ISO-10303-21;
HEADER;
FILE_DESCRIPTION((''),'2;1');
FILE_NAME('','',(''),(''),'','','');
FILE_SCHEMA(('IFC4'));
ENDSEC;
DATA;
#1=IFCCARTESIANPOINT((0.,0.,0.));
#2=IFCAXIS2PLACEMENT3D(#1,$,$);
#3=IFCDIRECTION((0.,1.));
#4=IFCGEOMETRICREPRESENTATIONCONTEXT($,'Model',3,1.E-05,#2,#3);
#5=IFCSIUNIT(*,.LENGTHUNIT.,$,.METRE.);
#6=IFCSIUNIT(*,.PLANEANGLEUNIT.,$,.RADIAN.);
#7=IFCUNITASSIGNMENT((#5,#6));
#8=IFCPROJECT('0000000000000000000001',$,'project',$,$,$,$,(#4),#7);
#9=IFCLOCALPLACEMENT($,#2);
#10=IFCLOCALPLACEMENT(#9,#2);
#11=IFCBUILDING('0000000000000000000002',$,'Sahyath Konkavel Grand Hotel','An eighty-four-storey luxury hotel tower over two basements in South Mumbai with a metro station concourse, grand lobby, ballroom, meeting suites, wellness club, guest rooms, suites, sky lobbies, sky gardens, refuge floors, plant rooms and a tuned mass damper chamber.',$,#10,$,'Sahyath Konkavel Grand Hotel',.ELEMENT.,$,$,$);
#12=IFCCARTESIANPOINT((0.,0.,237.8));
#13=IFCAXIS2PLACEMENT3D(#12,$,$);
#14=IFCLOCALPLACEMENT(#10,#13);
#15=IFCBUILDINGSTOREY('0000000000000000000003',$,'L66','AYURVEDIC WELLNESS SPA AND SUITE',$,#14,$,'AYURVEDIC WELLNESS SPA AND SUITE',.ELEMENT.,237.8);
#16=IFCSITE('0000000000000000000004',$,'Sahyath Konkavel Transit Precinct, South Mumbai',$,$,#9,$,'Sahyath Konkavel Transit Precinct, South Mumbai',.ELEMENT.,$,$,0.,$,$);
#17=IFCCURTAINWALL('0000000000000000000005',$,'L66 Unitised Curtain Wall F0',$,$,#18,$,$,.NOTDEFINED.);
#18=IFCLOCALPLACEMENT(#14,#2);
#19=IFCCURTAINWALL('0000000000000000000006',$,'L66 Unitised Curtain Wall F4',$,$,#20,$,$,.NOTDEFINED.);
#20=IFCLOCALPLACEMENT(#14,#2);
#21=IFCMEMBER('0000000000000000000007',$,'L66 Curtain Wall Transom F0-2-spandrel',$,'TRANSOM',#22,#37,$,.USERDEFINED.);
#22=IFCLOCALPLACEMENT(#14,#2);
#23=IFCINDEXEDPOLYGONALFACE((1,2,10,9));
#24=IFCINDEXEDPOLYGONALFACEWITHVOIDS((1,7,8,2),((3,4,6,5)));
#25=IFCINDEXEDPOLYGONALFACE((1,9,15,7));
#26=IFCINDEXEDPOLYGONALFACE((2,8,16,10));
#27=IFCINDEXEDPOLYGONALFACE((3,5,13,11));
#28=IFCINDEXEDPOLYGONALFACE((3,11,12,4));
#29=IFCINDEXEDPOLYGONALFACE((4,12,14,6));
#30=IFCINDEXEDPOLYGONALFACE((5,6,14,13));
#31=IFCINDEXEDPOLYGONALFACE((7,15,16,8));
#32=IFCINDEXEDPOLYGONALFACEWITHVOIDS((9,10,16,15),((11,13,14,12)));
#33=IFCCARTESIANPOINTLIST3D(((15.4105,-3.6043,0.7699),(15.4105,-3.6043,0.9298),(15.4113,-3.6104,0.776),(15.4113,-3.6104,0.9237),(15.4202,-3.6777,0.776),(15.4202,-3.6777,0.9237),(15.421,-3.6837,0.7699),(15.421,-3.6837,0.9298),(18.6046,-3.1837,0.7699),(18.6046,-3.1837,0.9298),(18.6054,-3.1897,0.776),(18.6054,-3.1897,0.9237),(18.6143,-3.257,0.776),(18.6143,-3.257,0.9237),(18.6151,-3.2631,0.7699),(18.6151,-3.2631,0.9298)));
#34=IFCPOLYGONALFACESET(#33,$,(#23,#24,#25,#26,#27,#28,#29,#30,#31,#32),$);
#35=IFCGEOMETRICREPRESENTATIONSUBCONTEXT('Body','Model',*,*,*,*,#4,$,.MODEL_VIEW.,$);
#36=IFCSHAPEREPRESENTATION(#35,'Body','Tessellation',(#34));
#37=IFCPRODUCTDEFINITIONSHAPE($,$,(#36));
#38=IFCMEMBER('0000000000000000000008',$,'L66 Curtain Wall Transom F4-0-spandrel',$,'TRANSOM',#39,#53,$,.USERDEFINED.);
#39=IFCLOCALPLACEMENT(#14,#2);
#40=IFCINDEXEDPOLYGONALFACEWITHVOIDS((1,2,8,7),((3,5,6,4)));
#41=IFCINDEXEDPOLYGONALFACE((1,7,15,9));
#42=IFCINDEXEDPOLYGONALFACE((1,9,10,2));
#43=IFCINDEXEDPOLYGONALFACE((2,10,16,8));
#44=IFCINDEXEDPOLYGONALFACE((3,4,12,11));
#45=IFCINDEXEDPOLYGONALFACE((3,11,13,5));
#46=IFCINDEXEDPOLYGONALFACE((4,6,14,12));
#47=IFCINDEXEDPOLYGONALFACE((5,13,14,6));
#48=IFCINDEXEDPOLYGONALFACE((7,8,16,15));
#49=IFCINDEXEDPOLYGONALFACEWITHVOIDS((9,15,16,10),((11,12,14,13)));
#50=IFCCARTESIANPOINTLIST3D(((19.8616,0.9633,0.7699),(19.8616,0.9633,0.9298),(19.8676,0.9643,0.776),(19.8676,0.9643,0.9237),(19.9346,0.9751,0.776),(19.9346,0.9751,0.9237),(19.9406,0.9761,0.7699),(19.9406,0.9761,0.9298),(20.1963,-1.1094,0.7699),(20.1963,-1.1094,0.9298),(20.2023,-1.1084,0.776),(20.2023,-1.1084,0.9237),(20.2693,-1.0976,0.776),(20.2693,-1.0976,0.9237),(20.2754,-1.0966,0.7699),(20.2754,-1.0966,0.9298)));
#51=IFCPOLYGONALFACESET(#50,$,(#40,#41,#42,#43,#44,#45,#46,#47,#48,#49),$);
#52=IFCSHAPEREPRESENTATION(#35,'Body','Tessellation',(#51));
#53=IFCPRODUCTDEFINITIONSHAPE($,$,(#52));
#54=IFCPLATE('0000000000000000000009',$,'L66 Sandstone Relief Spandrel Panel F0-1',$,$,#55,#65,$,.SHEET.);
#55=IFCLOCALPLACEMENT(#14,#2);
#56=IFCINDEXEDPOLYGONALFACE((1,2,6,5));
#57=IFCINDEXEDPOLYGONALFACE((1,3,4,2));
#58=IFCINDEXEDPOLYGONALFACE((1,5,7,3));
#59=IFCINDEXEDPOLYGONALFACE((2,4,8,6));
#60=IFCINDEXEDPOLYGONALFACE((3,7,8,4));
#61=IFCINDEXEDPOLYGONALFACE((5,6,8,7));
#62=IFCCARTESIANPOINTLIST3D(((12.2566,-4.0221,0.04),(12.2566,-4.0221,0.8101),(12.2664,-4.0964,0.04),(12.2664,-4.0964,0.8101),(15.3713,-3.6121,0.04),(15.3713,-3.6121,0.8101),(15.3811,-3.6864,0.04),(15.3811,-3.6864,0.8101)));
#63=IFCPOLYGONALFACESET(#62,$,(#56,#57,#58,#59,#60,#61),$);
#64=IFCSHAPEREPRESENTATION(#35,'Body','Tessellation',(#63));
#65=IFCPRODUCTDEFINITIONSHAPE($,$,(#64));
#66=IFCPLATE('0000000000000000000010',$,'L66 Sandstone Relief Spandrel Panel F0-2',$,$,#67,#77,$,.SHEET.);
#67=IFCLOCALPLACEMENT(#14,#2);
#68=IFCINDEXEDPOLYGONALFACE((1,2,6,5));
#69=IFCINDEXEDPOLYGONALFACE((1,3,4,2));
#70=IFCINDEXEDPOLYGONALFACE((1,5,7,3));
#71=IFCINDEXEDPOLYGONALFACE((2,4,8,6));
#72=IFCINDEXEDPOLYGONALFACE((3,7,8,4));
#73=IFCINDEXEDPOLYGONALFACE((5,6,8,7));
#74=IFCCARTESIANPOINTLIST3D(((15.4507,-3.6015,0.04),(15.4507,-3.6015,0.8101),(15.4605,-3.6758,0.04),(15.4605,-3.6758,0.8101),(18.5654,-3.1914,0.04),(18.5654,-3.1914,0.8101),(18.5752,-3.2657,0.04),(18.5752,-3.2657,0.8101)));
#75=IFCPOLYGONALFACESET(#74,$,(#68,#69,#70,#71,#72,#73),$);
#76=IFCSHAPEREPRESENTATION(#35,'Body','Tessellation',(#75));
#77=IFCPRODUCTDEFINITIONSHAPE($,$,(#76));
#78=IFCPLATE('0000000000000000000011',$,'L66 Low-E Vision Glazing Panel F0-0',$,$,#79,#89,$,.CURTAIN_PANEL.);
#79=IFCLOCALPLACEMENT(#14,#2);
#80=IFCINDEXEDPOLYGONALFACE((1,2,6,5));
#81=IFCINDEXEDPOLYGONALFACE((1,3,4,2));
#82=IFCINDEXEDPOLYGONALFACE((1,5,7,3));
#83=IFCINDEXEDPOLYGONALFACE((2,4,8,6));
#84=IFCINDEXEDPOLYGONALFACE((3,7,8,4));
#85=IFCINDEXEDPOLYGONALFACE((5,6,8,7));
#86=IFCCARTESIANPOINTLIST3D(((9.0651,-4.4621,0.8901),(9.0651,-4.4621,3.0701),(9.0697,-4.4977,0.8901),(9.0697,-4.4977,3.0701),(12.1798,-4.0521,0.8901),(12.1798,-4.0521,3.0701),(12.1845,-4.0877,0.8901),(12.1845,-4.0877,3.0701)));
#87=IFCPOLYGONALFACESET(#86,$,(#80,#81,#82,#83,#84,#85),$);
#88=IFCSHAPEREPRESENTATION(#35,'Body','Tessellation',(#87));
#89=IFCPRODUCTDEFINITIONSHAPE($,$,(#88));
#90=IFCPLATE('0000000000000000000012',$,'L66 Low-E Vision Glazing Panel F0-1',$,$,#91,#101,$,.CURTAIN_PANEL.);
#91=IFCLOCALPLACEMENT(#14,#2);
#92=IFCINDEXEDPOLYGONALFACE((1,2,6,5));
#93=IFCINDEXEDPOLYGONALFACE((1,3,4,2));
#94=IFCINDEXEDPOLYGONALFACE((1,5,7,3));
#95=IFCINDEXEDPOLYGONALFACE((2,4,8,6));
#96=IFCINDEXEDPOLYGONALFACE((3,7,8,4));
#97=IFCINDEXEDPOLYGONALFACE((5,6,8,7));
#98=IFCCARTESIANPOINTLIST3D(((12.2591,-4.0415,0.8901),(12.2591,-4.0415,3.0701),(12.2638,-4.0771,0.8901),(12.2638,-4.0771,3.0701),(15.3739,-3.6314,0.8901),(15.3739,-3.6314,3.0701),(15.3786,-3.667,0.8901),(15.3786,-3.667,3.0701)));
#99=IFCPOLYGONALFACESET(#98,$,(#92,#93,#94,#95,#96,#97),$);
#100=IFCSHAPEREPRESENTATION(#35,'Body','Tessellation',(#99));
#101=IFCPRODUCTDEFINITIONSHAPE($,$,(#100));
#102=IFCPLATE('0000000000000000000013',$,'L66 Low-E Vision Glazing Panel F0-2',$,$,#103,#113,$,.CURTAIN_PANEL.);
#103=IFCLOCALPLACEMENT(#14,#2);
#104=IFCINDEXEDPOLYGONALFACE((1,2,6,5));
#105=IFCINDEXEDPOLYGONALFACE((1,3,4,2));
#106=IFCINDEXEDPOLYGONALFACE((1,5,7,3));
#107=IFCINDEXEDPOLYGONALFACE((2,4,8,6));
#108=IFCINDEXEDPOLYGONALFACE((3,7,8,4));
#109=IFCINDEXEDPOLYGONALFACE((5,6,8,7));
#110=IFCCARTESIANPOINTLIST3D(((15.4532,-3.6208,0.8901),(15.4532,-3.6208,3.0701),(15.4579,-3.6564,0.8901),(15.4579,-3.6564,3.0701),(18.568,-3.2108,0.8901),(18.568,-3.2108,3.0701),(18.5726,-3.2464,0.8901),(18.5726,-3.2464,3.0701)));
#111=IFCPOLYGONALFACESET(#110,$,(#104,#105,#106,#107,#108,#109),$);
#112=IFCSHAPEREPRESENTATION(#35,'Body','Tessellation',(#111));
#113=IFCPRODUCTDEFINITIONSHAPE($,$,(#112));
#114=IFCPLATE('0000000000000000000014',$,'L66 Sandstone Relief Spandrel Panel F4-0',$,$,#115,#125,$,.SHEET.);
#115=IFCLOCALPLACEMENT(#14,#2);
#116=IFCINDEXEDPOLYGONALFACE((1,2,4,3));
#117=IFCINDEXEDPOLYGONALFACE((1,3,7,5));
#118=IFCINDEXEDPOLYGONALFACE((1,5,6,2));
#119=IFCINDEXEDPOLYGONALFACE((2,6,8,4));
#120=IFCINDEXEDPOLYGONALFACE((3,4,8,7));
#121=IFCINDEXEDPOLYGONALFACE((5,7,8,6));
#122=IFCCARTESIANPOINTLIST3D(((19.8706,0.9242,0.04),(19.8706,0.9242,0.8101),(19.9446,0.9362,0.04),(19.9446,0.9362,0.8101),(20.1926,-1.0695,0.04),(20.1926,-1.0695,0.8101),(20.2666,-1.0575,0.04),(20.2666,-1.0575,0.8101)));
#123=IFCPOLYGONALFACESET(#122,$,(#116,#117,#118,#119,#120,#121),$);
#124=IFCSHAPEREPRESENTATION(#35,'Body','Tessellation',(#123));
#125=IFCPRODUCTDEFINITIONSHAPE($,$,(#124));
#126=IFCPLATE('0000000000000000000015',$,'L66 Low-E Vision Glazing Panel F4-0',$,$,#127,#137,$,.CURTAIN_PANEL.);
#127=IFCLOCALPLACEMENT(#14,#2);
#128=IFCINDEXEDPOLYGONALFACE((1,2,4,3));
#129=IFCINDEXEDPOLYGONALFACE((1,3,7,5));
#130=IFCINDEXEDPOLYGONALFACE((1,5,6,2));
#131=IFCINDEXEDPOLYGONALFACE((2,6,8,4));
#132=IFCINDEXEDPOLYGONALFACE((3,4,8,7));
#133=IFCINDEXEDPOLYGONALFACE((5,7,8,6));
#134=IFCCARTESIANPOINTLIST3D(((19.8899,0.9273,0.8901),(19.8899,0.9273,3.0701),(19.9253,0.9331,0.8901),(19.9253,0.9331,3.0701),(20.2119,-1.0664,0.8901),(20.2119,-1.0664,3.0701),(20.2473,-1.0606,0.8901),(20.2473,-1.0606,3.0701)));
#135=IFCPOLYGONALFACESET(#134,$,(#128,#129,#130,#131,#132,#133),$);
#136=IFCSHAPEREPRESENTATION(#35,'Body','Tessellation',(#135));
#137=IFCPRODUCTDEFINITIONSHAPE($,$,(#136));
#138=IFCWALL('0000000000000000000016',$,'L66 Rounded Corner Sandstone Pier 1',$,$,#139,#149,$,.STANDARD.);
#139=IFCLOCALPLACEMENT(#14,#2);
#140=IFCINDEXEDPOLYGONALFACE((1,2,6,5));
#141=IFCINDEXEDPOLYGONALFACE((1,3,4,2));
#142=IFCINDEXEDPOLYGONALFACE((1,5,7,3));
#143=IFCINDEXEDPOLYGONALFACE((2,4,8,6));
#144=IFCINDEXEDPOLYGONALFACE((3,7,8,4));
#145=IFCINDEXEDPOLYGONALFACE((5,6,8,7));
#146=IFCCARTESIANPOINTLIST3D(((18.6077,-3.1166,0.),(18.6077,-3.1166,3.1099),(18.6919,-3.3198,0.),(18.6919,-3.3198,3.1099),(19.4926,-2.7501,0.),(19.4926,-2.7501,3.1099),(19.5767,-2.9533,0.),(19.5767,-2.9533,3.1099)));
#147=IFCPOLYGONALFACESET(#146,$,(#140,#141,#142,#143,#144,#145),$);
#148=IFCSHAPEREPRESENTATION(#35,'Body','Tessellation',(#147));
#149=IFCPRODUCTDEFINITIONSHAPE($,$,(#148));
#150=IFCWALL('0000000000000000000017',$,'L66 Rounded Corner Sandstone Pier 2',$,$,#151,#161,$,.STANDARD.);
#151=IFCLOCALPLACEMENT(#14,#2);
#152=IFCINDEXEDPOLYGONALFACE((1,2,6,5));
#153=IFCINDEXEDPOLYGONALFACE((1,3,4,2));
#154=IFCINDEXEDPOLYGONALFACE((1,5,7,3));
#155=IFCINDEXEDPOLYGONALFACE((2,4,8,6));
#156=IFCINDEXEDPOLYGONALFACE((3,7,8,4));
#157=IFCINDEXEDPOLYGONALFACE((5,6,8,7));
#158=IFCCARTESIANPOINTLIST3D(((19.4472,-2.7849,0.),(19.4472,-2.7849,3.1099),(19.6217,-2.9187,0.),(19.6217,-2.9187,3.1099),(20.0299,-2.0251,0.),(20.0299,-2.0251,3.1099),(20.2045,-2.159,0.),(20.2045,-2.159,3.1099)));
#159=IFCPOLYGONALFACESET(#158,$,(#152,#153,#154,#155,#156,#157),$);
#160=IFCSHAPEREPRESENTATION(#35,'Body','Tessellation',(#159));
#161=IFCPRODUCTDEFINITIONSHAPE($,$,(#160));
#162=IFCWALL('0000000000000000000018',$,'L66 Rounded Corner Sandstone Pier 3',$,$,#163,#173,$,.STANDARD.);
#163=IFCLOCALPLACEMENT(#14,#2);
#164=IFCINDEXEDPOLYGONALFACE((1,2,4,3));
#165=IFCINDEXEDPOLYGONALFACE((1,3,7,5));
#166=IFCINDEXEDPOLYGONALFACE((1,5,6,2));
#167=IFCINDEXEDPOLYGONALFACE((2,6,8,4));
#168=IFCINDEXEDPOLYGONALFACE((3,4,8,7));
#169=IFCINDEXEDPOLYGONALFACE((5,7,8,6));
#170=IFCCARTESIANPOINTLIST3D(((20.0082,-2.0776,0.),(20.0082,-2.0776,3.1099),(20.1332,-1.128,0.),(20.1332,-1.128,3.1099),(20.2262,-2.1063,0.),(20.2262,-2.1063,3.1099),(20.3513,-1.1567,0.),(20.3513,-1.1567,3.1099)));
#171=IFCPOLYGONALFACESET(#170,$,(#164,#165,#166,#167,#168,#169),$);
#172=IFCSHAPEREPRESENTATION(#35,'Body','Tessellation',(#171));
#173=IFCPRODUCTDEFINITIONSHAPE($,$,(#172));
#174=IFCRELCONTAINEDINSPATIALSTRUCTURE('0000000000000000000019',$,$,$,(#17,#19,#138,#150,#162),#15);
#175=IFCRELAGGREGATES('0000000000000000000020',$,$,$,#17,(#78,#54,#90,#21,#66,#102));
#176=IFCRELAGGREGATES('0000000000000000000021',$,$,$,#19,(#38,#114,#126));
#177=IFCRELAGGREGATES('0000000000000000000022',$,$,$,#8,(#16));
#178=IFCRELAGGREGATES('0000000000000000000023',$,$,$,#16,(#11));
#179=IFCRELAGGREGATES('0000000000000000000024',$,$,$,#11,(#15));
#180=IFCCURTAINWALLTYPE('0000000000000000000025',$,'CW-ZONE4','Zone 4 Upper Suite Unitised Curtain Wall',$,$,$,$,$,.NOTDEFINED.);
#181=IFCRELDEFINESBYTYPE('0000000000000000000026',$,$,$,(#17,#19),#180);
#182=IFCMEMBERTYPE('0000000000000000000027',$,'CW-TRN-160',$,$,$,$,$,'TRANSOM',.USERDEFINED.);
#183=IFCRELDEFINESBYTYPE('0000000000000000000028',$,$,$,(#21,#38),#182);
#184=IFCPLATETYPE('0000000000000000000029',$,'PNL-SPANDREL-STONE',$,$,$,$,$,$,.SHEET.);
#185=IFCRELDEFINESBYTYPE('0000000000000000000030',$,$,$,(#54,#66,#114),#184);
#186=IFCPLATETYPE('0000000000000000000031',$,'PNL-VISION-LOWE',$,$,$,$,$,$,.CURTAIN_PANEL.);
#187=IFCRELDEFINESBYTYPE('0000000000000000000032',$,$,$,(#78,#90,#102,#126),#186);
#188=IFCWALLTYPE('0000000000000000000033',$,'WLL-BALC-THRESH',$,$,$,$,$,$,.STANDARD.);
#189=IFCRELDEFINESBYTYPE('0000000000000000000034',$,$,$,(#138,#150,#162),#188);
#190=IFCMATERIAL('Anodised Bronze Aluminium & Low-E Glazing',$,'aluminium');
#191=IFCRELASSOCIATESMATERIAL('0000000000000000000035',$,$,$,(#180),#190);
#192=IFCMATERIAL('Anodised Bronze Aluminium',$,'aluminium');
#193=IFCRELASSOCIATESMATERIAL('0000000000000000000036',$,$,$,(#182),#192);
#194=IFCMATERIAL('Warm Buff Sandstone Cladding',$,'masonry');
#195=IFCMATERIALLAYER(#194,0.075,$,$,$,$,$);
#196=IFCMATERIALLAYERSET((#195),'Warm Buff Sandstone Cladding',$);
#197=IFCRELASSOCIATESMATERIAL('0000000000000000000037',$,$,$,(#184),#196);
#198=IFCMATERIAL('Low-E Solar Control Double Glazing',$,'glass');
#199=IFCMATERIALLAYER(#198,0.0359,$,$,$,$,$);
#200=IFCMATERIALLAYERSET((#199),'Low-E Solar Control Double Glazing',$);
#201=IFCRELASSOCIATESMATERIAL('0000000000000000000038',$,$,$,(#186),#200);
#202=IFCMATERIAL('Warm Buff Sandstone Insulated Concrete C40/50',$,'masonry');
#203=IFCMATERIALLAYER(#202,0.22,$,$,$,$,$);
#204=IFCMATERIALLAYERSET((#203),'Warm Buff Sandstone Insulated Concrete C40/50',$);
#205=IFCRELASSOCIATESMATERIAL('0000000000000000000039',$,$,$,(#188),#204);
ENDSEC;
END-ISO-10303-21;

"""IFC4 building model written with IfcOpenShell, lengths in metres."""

from ifc_helpers import new_model, si_unit, direction, frame, frame_2d, origin, origin_2d, place, context, subcontext, project, spatial, rectangle, hollow_rectangle, extrude, source, transform, mapped, material, layer, layer_set, material_profile, profile_set, type_object, element, aggregate, save


model = new_model("IFC4")

# Units and contexts
model_context = context("Model", 3, precision=1e-05, world=origin(), true_north=direction((0.0, 1.0)))
body_context = subcontext(model_context, "Body", "Model", "MODEL_VIEW")
ifc_project = project(units=[si_unit("LENGTHUNIT", "METRE"), si_unit("PLANEANGLEUNIT", "RADIAN")], contexts=[model_context])

# Site, building, storey
site_placement = place(None, origin())
site = spatial("IfcSite", under=ifc_project, at=site_placement, Name="Sahyath Konkavel Transit Precinct, South Mumbai", LongName="Sahyath Konkavel Transit Precinct, South Mumbai", CompositionType="ELEMENT", RefElevation=0.0)
building_placement = place(site_placement, origin())
building = spatial("IfcBuilding", under=site, at=building_placement, Name="Sahyath Konkavel Grand Hotel", Description="An eighty-four-storey luxury hotel tower over two basements in South Mumbai with a metro station concourse, grand lobby, ballroom, meeting suites, wellness club, guest rooms, suites, sky lobbies, sky gardens, refuge floors, plant rooms and a tuned mass damper chamber.", LongName="Sahyath Konkavel Grand Hotel", CompositionType="ELEMENT")
storey_placement = place(building_placement, frame((0.0, 0.0, 237.8)))
storey = spatial("IfcBuildingStorey", under=building, at=storey_placement, Name="L66", Description="AYURVEDIC WELLNESS SPA AND SUITE", LongName="AYURVEDIC WELLNESS SPA AND SUITE", CompositionType="ELEMENT", Elevation=237.8)

# Curtain wall
ifc_material_1 = material(Name="Anodised Bronze Aluminium & Low-E Glazing", Category="aluminium")
curtain_wall_type = type_object("IfcCurtainWallType", Name="CW-ZONE4", Description="Zone 4 Upper Suite Unitised Curtain Wall", PredefinedType="NOTDEFINED", material=ifc_material_1)
curtain_wall_1_placement = place(storey_placement, origin())
curtain_wall_1 = element("IfcCurtainWall", 1, at=curtain_wall_1_placement, inside=storey, type_object=curtain_wall_type, Name="L66 Unitised Curtain Wall F0", PredefinedType="NOTDEFINED")
ifc_material_2 = material(Name="Anodised Bronze Aluminium", Category="aluminium")

# Curtain wall
curtain_wall_2_placement = place(storey_placement, origin())
curtain_wall_2 = element("IfcCurtainWall", 2, at=curtain_wall_2_placement, inside=storey, type_object=curtain_wall_type, Name="L66 Unitised Curtain Wall F4", PredefinedType="NOTDEFINED")

# Members
ifc_material_profile_1 = material_profile(ifc_material_2, hollow_rectangle(XDim=0.0801, YDim=0.1599, WallThickness=0.0061, at=origin_2d()), Name="RHS 160x80x6")
ifc_profile_set_1 = profile_set([ifc_material_profile_1], Name="Anodised Bronze Aluminium")
member_type_1 = type_object("IfcMemberType", Name="CW-TRN-160", ElementType="TRANSOM", PredefinedType="USERDEFINED", material=ifc_profile_set_1)
shared_shape_1 = source(origin(), body_context, "Body", "SweptSolid", [
    extrude(hollow_rectangle(XDim=0.0801, YDim=0.1599, WallThickness=0.0061, at=origin_2d()), origin(), (0.0, 0.0, 1.0), 3.2217),
])
member_1_placement = place(storey_placement, frame((15.4158, -3.644, 0.8499), z_axis=(0.991439, 0.13057, 0.0), x_axis=(-0.13057, 0.991439, 0.0)))
member_1 = element("IfcMember", 3, at=member_1_placement, type_object=member_type_1, Name="L66 Curtain Wall Transom F0-2-spandrel", ObjectType="TRANSOM", PredefinedType="USERDEFINED", context=body_context, shape_type="MappedRepresentation", body=[
    mapped(shared_shape_1, transform((0.0, 0.0, 0.0), scale=1.0)),
])
shared_shape_2 = source(origin(), body_context, "Body", "SweptSolid", [
    extrude(hollow_rectangle(XDim=0.0801, YDim=0.1599, WallThickness=0.0061, at=origin_2d()), origin(), (0.0, 0.0, 1.0), 2.0996),
])
member_2_placement = place(storey_placement, frame((20.2358, -1.103, 0.8499), z_axis=(-0.159419, 0.987211, 0.0), x_axis=(-0.987211, -0.159419, 0.0)))
member_2 = element("IfcMember", 4, at=member_2_placement, type_object=member_type_1, Name="L66 Curtain Wall Transom F4-0-spandrel", ObjectType="TRANSOM", PredefinedType="USERDEFINED", context=body_context, shape_type="MappedRepresentation", body=[
    mapped(shared_shape_2, transform((0.0, 0.0, 0.0), scale=1.0)),
])

# Plates
ifc_material_3 = material(Name="Warm Buff Sandstone Cladding", Category="masonry")
ifc_layer_1 = layer(ifc_material_3, 0.075)
ifc_layer_set_1 = layer_set([ifc_layer_1], Name="Warm Buff Sandstone Cladding")
plate_type_1 = type_object("IfcPlateType", Name="PNL-SPANDREL-STONE", PredefinedType="SHEET", material=ifc_layer_set_1)
shared_shape_3 = source(origin(), body_context, "Body", "SweptSolid", [
    extrude(rectangle(XDim=3.1416, YDim=0.075, at=origin_2d()), origin(), (0.0, 0.0, 1.0), 0.77),
])
plate_1_placement = place(storey_placement, frame((13.8188, -3.8542, 0.04), z_axis=(0.0, 0.0, 1.0), x_axis=(0.991445, 0.130526, 0.0)))
plate_1 = element("IfcPlate", 5, at=plate_1_placement, type_object=plate_type_1, Name="L66 Sandstone Relief Spandrel Panel F0-1", PredefinedType="SHEET", context=body_context, shape_type="MappedRepresentation", body=[
    mapped(shared_shape_3, transform((0.0, 0.0, 0.0), scale=1.0)),
])
plate_2_placement = place(storey_placement, frame((17.0129, -3.4336, 0.04), z_axis=(0.0, 0.0, 1.0), x_axis=(0.991445, 0.130526, 0.0)))
plate_2 = element("IfcPlate", 6, at=plate_2_placement, type_object=plate_type_1, Name="L66 Sandstone Relief Spandrel Panel F0-2", PredefinedType="SHEET", context=body_context, shape_type="MappedRepresentation", body=[
    mapped(shared_shape_3, transform((0.0, 0.0, 0.0), scale=1.0)),
])
ifc_material_4 = material(Name="Low-E Solar Control Double Glazing", Category="glass")
ifc_layer_2 = layer(ifc_material_4, 0.0359)
ifc_layer_set_2 = layer_set([ifc_layer_2], Name="Low-E Solar Control Double Glazing")
plate_type_2 = type_object("IfcPlateType", Name="PNL-VISION-LOWE", PredefinedType="CURTAIN_PANEL", material=ifc_layer_set_2)
shared_shape_4 = source(origin(), body_context, "Body", "SweptSolid", [
    extrude(rectangle(XDim=3.1416, YDim=0.0359, at=origin_2d()), origin(), (0.0, 0.0, 1.0), 2.1799),
])
plate_3_placement = place(storey_placement, frame((10.6248, -4.2749, 0.8901), z_axis=(0.0, 0.0, 1.0), x_axis=(0.991445, 0.130526, 0.0)))
plate_3 = element("IfcPlate", 7, at=plate_3_placement, type_object=plate_type_2, Name="L66 Low-E Vision Glazing Panel F0-0", PredefinedType="CURTAIN_PANEL", context=body_context, shape_type="MappedRepresentation", body=[
    mapped(shared_shape_4, transform((0.0, 0.0, 0.0), scale=1.0)),
])
plate_4_placement = place(storey_placement, frame((13.8188, -3.8542, 0.8901), z_axis=(0.0, 0.0, 1.0), x_axis=(0.991445, 0.130526, 0.0)))
plate_4 = element("IfcPlate", 8, at=plate_4_placement, type_object=plate_type_2, Name="L66 Low-E Vision Glazing Panel F0-1", PredefinedType="CURTAIN_PANEL", context=body_context, shape_type="MappedRepresentation", body=[
    mapped(shared_shape_4, transform((0.0, 0.0, 0.0), scale=1.0)),
])
plate_5_placement = place(storey_placement, frame((17.0129, -3.4336, 0.8901), z_axis=(0.0, 0.0, 1.0), x_axis=(0.991445, 0.130526, 0.0)))
plate_5 = element("IfcPlate", 9, at=plate_5_placement, type_object=plate_type_2, Name="L66 Low-E Vision Glazing Panel F0-2", PredefinedType="CURTAIN_PANEL", context=body_context, shape_type="MappedRepresentation", body=[
    mapped(shared_shape_4, transform((0.0, 0.0, 0.0), scale=1.0)),
])
aggregate(curtain_wall_1, [plate_3, plate_1, plate_4, member_1, plate_2, plate_5])
shared_shape_5 = source(origin(), body_context, "Body", "SweptSolid", [
    extrude(rectangle(XDim=2.0195, YDim=0.075, at=origin_2d()), origin(), (0.0, 0.0, 1.0), 0.77),
])
plate_6_placement = place(storey_placement, frame((20.0686, -0.0667, 0.04), z_axis=(0.0, 0.0, 1.0), x_axis=(-0.15945, 0.987206, 0.0)))
plate_6 = element("IfcPlate", 10, at=plate_6_placement, type_object=plate_type_1, Name="L66 Sandstone Relief Spandrel Panel F4-0", PredefinedType="SHEET", context=body_context, shape_type="MappedRepresentation", body=[
    mapped(shared_shape_5, transform((0.0, 0.0, 0.0), scale=1.0)),
])
shared_shape_6 = source(origin(), body_context, "Body", "SweptSolid", [
    extrude(rectangle(XDim=2.0195, YDim=0.0359, at=origin_2d()), origin(), (0.0, 0.0, 1.0), 2.1799),
])
plate_7_placement = place(storey_placement, frame((20.0686, -0.0667, 0.8901), z_axis=(0.0, 0.0, 1.0), x_axis=(-0.15945, 0.987206, 0.0)))
plate_7 = element("IfcPlate", 11, at=plate_7_placement, type_object=plate_type_2, Name="L66 Low-E Vision Glazing Panel F4-0", PredefinedType="CURTAIN_PANEL", context=body_context, shape_type="MappedRepresentation", body=[
    mapped(shared_shape_6, transform((0.0, 0.0, 0.0), scale=1.0)),
])
aggregate(curtain_wall_2, [member_2, plate_6, plate_7])

# Walls
ifc_material_5 = material(Name="Warm Buff Sandstone Insulated Concrete C40/50", Category="masonry")
ifc_layer_3 = layer(ifc_material_5, 0.22)
ifc_layer_set_3 = layer_set([ifc_layer_3], Name="Warm Buff Sandstone Insulated Concrete C40/50")
wall_type = type_object("IfcWallType", Name="WLL-BALC-THRESH", PredefinedType="STANDARD", material=ifc_layer_set_3)
wall_1_placement = place(storey_placement, frame((18.6497, -3.2183, 0.0), z_axis=(0.0, 0.0, 1.0), x_axis=(0.923889, 0.38266, 0.0)))
element("IfcWall", 12, at=wall_1_placement, inside=storey, type_object=wall_type, Name="L66 Rounded Corner Sandstone Pier 1", PredefinedType="STANDARD", context=body_context, shape_type="SweptSolid", body=[
    extrude(rectangle(XDim=0.9578, YDim=0.22, at=frame_2d((0.479, 0.0))), origin(), (0.0, 0.0, 1.0), 3.1099),
])
wall_2_placement = place(storey_placement, frame((19.5344, -2.8518, 0.0), z_axis=(0.0, 0.0, 1.0), x_axis=(0.608614, 0.793467, 0.0)))
element("IfcWall", 13, at=wall_2_placement, inside=storey, type_object=wall_type, Name="L66 Rounded Corner Sandstone Pier 2", PredefinedType="STANDARD", context=body_context, shape_type="SweptSolid", body=[
    extrude(rectangle(XDim=0.9575, YDim=0.22, at=frame_2d((0.4788, 0.0))), origin(), (0.0, 0.0, 1.0), 3.1099),
])
wall_3_placement = place(storey_placement, frame((20.1172, -2.092, 0.0), z_axis=(0.0, 0.0, 1.0), x_axis=(0.130527, 0.991445, 0.0)))
element("IfcWall", 14, at=wall_3_placement, inside=storey, type_object=wall_type, Name="L66 Rounded Corner Sandstone Pier 3", PredefinedType="STANDARD", context=body_context, shape_type="SweptSolid", body=[
    extrude(rectangle(XDim=0.9578, YDim=0.22, at=frame_2d((0.479, 0.0))), origin(), (0.0, 0.0, 1.0), 3.1099),
])

save(model, "model.ifc")
